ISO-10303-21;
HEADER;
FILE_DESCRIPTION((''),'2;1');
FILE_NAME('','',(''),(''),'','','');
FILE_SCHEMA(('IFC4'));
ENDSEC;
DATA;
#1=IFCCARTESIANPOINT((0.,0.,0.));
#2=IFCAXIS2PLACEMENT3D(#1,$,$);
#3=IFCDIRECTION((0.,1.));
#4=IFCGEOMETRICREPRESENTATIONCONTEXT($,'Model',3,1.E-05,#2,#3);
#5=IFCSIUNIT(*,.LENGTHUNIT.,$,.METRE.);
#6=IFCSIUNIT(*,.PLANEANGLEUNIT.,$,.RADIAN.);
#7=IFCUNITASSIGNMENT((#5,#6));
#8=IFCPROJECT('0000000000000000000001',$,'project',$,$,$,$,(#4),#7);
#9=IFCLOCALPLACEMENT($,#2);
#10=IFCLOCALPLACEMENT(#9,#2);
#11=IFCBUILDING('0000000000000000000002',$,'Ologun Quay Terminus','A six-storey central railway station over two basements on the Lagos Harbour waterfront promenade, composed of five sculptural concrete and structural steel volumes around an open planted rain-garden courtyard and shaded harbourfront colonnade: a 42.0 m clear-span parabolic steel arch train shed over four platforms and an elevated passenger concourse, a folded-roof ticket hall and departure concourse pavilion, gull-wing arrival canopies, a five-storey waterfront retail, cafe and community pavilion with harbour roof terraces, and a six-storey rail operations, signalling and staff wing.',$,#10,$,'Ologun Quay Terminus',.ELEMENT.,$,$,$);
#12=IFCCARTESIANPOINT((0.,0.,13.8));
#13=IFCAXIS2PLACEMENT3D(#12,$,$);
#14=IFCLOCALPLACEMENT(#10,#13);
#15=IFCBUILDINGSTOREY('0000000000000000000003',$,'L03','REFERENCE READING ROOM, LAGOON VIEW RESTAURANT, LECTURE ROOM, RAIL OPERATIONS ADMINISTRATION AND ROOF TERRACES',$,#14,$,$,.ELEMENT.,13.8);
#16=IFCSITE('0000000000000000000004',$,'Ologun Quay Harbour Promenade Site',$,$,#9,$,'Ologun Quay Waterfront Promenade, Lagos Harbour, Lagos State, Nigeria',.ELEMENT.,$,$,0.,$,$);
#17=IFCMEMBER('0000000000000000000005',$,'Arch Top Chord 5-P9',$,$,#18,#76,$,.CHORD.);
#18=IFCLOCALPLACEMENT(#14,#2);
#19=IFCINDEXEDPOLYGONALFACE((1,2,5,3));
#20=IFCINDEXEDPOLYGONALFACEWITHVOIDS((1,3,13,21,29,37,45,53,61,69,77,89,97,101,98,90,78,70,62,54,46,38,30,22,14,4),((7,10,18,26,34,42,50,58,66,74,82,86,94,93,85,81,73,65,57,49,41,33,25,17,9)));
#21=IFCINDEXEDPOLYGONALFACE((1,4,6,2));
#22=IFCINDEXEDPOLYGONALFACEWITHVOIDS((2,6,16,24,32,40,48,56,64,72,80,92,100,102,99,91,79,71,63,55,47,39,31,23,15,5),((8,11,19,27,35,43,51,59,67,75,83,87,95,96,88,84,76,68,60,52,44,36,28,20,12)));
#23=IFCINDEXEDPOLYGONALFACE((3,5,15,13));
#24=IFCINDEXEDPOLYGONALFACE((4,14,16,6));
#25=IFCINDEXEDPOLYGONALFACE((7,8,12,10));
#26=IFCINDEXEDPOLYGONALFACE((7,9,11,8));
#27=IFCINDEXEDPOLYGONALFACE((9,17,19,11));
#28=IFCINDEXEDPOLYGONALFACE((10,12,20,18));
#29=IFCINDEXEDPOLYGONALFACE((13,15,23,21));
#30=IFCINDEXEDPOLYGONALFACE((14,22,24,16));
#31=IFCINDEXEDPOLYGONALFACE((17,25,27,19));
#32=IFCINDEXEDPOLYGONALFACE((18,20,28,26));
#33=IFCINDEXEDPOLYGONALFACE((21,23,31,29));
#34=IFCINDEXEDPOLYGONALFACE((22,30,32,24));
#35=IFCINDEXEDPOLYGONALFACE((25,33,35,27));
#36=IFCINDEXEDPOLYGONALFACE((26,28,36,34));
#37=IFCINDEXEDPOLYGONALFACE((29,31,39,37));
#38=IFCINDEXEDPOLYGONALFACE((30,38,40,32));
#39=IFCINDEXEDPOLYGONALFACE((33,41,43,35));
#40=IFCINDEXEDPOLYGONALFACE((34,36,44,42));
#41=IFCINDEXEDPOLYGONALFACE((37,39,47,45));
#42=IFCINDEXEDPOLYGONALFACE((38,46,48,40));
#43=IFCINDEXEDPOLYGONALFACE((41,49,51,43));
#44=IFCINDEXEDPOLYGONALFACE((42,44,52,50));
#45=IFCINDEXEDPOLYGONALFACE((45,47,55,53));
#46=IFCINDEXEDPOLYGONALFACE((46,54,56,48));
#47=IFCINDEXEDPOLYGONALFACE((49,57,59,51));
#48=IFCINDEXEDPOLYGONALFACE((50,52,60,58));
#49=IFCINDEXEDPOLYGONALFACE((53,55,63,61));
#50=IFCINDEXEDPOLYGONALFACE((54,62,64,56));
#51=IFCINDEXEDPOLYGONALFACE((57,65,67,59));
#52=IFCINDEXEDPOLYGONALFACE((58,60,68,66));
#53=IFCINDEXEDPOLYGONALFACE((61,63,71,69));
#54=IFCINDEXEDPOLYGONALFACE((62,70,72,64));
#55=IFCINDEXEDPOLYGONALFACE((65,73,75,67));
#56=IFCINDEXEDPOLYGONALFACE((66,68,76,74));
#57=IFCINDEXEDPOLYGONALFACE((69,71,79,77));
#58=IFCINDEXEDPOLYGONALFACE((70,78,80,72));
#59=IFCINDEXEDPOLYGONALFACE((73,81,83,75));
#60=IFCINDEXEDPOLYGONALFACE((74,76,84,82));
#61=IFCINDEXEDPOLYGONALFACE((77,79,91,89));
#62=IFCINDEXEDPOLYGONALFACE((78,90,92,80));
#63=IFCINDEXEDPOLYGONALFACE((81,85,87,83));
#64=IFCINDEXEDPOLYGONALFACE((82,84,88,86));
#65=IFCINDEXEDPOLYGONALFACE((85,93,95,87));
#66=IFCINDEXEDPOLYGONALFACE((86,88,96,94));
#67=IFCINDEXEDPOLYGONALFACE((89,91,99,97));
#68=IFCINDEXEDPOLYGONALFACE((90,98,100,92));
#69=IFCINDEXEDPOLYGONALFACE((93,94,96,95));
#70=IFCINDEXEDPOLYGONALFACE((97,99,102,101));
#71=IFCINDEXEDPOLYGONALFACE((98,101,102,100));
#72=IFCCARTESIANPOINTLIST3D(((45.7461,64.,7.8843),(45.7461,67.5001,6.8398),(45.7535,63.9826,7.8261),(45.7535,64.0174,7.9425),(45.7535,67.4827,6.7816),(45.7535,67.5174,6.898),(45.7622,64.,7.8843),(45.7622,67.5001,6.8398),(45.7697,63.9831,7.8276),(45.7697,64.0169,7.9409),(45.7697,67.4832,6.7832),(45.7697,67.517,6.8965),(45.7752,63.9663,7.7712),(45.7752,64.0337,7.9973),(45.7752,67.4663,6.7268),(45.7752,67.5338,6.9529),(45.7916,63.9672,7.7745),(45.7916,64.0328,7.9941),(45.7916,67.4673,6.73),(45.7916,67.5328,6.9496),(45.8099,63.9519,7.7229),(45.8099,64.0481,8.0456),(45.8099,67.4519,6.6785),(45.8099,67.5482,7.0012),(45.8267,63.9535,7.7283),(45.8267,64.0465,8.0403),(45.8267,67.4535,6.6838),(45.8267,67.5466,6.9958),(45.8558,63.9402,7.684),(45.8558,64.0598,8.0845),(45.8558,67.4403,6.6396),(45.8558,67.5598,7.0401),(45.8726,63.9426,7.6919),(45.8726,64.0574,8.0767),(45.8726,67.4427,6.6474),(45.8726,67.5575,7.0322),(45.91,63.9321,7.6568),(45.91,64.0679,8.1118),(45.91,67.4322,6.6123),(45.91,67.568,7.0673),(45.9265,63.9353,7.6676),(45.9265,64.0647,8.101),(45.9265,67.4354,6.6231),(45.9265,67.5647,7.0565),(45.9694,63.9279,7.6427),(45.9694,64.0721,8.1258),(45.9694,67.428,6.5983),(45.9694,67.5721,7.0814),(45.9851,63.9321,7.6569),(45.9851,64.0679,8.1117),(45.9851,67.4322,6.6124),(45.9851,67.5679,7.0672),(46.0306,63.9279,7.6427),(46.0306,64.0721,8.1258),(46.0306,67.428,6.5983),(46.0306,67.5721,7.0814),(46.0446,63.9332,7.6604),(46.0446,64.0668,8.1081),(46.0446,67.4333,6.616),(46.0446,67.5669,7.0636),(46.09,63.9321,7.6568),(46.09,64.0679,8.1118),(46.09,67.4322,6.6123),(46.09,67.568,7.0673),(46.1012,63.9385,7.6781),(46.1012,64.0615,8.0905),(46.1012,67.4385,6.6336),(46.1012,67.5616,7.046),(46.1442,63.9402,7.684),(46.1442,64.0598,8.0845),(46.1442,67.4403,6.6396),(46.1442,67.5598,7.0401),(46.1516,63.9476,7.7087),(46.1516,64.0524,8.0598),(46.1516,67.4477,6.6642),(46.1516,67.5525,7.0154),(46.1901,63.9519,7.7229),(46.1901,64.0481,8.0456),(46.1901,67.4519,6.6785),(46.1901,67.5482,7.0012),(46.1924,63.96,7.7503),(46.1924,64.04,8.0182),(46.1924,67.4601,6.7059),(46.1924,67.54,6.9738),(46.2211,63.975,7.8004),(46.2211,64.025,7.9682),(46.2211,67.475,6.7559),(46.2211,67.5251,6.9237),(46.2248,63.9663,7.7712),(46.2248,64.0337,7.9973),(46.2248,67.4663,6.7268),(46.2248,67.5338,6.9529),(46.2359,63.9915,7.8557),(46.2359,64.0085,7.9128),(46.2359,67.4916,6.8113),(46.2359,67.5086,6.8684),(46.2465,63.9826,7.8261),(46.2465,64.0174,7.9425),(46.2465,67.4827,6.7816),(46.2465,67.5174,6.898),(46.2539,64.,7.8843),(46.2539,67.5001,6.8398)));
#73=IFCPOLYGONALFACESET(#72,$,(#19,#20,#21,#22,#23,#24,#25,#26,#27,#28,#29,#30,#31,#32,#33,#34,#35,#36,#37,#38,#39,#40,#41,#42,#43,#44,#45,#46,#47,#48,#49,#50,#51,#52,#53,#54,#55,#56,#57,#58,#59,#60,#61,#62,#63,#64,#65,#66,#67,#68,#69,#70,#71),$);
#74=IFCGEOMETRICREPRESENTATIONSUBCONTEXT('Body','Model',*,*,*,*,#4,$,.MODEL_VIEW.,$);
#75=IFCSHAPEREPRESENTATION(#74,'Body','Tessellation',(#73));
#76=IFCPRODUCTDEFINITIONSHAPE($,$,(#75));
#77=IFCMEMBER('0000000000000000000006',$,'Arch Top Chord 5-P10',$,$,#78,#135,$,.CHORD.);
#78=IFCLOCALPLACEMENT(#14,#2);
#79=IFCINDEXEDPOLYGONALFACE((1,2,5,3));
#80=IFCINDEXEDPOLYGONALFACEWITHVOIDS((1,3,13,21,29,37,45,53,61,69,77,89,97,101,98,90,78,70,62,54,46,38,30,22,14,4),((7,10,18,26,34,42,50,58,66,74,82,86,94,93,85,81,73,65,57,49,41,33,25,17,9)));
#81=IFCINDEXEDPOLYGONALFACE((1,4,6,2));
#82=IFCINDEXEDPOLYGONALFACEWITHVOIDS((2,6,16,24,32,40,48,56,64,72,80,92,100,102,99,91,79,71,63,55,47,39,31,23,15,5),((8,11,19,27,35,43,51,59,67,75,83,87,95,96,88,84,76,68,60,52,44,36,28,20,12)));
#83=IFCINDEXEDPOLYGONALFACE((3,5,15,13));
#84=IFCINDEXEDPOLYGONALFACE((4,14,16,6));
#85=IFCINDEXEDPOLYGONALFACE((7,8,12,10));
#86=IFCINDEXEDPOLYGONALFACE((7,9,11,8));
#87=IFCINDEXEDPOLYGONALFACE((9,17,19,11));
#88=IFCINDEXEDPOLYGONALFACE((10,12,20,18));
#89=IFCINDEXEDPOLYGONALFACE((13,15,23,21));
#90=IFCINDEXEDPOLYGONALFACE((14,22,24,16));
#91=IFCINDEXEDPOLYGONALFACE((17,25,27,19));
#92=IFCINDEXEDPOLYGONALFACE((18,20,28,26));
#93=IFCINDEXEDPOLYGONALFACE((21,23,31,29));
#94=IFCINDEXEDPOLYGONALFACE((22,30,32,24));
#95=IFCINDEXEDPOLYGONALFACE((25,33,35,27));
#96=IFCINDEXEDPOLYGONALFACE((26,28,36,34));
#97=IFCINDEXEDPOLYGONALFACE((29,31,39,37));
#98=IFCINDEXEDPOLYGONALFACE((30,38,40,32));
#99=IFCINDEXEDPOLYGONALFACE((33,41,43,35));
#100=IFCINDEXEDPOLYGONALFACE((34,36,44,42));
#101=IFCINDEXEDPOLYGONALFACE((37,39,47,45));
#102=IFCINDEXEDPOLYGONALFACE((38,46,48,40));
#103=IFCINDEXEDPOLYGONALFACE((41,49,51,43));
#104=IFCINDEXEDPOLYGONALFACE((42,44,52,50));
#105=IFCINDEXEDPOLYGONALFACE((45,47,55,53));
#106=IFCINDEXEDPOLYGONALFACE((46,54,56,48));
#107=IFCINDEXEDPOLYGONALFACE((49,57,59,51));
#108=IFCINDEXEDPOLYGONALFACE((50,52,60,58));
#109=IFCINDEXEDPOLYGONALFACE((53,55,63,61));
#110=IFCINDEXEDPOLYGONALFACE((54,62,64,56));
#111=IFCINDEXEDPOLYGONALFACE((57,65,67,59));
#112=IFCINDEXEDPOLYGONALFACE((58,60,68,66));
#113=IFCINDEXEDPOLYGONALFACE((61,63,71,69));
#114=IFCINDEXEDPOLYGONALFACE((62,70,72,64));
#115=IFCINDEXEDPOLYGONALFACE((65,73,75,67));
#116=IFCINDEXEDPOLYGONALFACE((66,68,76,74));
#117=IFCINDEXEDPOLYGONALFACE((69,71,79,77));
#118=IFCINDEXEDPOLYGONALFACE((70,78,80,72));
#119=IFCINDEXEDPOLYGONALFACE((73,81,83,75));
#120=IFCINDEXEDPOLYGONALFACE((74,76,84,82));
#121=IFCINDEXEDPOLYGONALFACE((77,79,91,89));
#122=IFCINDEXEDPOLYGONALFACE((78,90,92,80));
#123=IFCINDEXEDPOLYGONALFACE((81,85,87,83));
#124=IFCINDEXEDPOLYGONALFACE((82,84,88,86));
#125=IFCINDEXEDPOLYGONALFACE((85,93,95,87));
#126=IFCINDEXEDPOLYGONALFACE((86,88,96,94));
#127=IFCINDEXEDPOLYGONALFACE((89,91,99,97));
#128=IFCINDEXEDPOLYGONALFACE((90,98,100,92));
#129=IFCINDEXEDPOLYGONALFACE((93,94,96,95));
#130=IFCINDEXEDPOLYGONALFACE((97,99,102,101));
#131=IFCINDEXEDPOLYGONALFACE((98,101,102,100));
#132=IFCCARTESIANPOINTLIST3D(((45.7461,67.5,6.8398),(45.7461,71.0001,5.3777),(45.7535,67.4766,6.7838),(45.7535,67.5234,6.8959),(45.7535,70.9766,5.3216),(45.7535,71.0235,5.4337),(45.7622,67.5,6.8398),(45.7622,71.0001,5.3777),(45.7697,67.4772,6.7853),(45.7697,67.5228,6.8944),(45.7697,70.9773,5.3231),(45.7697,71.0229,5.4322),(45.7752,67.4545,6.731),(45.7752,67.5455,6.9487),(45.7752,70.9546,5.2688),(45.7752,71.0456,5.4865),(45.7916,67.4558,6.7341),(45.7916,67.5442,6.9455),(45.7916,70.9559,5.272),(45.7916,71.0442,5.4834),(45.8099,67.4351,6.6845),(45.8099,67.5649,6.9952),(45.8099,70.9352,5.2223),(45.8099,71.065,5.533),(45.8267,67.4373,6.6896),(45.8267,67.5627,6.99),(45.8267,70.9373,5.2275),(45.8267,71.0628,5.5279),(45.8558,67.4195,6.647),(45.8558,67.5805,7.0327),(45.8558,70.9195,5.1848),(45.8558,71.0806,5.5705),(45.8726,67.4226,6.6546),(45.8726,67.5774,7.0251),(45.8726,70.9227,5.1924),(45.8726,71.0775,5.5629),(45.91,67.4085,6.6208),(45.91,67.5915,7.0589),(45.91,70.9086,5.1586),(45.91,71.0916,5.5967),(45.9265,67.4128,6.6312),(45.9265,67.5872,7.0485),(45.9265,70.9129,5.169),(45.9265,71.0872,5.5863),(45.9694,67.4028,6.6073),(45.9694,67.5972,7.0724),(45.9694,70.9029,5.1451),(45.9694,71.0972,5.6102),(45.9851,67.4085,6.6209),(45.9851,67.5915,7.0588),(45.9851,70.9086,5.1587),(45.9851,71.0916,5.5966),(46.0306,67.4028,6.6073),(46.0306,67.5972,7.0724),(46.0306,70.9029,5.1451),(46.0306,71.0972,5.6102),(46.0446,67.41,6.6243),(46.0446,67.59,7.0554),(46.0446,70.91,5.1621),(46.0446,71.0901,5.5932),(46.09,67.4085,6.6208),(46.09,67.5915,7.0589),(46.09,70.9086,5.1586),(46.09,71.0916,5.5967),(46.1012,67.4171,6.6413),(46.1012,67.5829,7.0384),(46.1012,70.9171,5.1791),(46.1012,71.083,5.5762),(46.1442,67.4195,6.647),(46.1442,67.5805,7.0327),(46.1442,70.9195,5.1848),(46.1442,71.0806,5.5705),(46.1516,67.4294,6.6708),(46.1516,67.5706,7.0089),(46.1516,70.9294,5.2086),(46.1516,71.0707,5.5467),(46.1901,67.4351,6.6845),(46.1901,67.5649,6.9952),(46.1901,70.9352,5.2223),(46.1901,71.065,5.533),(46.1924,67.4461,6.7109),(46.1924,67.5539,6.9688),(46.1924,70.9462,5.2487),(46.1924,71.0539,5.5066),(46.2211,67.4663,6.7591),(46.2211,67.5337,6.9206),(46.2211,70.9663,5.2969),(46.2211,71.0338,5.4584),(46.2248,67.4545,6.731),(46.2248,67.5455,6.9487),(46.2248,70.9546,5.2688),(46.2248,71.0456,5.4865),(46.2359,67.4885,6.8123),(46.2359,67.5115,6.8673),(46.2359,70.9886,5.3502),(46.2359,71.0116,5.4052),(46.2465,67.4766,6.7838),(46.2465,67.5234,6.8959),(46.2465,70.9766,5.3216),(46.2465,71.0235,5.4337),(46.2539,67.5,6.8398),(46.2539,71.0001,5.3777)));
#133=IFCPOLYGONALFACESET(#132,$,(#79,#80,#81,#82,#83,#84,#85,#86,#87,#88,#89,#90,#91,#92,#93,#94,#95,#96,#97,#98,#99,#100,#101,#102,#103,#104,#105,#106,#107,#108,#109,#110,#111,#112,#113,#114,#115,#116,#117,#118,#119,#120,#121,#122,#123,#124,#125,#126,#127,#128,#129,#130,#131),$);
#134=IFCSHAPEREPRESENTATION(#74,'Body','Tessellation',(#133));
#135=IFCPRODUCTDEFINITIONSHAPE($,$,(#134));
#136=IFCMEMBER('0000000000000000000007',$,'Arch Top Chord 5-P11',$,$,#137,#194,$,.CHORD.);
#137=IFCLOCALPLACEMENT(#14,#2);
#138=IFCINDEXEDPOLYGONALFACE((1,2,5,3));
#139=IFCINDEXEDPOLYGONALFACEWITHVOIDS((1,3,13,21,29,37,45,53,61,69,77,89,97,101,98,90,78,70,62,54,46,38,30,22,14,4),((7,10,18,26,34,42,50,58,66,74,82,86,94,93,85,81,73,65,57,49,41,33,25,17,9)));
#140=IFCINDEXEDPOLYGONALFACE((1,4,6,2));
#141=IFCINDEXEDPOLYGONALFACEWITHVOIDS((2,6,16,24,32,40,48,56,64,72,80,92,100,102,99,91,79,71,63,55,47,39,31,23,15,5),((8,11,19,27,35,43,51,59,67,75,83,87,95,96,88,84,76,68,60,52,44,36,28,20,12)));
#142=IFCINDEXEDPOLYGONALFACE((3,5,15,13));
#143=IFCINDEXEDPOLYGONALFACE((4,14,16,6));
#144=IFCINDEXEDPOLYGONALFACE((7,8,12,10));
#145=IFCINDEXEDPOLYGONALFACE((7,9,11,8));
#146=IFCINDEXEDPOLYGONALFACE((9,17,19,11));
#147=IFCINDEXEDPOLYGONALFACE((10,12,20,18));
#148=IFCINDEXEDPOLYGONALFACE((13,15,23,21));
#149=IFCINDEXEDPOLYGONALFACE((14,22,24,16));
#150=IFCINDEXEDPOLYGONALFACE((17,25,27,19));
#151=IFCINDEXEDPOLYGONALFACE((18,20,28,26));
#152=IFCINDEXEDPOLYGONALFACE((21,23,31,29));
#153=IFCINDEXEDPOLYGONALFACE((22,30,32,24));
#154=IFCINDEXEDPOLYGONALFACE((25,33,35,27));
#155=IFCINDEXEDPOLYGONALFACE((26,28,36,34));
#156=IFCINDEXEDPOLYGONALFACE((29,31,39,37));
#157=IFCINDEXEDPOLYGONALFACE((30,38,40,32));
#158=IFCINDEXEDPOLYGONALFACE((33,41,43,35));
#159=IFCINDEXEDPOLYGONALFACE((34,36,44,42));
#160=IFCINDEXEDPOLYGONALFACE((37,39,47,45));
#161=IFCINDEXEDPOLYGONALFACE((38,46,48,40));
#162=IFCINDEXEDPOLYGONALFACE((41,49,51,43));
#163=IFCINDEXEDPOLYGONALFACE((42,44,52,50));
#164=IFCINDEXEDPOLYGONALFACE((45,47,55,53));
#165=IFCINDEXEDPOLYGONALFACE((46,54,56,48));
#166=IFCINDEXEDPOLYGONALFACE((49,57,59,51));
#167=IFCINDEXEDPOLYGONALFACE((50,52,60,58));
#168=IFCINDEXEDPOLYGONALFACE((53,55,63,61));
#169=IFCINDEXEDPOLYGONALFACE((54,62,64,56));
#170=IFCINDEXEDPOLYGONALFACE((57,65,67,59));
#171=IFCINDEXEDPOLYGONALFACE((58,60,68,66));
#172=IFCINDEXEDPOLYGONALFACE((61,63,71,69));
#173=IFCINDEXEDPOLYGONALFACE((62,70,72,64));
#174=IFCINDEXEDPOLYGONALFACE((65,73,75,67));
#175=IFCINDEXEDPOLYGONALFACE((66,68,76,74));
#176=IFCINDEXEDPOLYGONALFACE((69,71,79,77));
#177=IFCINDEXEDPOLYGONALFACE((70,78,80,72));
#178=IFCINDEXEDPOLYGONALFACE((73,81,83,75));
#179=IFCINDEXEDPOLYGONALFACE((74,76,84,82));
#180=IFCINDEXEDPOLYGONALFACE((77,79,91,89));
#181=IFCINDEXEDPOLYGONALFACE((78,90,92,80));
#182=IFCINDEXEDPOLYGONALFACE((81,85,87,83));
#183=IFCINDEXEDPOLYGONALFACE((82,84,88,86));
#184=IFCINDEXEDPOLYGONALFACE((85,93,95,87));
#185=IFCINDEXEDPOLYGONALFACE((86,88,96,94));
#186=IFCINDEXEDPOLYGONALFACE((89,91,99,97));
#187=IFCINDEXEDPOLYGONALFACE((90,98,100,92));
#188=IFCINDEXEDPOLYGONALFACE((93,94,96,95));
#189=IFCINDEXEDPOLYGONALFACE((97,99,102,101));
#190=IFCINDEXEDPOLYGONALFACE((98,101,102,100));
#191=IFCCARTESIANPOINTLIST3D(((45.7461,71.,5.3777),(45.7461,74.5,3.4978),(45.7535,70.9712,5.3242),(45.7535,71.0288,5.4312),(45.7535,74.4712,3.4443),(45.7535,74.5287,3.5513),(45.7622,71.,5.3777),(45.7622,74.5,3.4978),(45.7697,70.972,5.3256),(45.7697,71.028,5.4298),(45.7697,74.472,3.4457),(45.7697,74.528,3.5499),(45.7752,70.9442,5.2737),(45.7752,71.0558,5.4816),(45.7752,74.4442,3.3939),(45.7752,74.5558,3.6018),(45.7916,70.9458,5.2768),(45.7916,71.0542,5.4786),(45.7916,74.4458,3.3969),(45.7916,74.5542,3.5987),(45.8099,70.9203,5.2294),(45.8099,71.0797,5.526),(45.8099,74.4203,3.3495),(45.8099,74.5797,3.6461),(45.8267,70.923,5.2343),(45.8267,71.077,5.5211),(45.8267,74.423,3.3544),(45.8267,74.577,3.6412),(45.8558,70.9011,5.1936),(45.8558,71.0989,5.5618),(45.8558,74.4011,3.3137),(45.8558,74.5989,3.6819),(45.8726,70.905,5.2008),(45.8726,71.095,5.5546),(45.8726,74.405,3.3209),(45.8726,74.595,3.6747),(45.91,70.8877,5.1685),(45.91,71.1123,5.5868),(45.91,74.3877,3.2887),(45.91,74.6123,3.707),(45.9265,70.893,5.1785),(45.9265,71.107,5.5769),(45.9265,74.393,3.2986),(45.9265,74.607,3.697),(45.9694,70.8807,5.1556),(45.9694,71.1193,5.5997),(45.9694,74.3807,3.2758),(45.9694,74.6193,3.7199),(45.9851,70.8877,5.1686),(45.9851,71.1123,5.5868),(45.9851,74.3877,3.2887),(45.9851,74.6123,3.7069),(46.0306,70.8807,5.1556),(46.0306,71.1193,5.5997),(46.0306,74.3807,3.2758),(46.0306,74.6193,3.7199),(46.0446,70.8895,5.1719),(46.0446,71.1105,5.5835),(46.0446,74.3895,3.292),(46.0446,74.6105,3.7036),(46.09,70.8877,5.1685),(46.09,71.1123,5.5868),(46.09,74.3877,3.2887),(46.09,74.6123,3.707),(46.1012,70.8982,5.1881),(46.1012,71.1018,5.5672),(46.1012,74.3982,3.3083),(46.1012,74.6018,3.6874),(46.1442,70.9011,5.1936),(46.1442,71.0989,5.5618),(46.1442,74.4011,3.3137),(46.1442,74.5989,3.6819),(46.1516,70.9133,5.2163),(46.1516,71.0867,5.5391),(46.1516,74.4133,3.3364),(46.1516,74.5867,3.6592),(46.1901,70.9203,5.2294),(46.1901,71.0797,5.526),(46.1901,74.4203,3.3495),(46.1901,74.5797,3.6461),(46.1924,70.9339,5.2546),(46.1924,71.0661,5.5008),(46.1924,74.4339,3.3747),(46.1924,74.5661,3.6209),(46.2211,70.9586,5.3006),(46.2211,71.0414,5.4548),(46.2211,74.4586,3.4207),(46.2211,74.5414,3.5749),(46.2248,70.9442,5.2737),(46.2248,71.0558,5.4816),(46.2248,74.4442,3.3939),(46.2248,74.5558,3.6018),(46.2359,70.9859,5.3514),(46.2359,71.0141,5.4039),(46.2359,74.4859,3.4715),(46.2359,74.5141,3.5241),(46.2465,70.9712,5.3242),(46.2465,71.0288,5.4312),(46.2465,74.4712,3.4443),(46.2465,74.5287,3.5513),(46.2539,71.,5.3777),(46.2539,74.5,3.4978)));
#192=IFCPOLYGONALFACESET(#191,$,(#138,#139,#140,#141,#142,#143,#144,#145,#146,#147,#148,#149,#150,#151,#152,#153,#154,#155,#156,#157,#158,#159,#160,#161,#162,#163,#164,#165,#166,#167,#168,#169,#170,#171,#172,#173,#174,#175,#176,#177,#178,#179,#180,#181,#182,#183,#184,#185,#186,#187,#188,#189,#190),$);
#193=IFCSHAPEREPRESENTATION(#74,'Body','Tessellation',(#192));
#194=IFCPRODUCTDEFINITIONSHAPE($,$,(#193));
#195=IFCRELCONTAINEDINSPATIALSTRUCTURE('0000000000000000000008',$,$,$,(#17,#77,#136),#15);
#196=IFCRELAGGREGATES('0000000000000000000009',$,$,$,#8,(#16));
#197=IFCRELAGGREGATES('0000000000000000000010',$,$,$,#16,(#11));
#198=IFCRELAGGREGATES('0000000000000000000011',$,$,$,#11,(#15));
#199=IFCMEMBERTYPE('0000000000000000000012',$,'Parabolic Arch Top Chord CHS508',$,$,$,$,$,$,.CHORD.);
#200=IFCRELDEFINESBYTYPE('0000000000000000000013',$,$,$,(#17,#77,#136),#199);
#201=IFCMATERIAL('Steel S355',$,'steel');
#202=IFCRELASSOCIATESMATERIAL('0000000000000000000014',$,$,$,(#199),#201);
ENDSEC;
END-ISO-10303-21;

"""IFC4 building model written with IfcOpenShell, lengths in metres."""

from ifc_helpers import new_model, si_unit, direction, frame, origin, origin_2d, place, context, subcontext, project, spatial, hollow_circle, extrude, material, material_profile, profile_set, type_object, element, save


model = new_model("IFC4")

# Units and contexts
model_context = context("Model", 3, precision=1e-05, world=origin(), true_north=direction((0.0, 1.0)))
body_context = subcontext(model_context, "Body", "Model", "MODEL_VIEW")
ifc_project = project(units=[si_unit("LENGTHUNIT", "METRE"), si_unit("PLANEANGLEUNIT", "RADIAN")], contexts=[model_context])

# Site, building, storey
site_placement = place(None, origin())
site = spatial("IfcSite", under=ifc_project, at=site_placement, Name="Ologun Quay Harbour Promenade Site", LongName="Ologun Quay Waterfront Promenade, Lagos Harbour, Lagos State, Nigeria", CompositionType="ELEMENT", RefElevation=0.0)
building_placement = place(site_placement, origin())
building = spatial("IfcBuilding", under=site, at=building_placement, Name="Ologun Quay Terminus", Description="A six-storey central railway station over two basements on the Lagos Harbour waterfront promenade, composed of five sculptural concrete and structural steel volumes around an open planted rain-garden courtyard and shaded harbourfront colonnade: a 42.0 m clear-span parabolic steel arch train shed over four platforms and an elevated passenger concourse, a folded-roof ticket hall and departure concourse pavilion, gull-wing arrival canopies, a five-storey waterfront retail, cafe and community pavilion with harbour roof terraces, and a six-storey rail operations, signalling and staff wing.", LongName="Ologun Quay Terminus", CompositionType="ELEMENT")
storey_placement = place(building_placement, frame((0.0, 0.0, 13.8)))
storey = spatial("IfcBuildingStorey", under=building, at=storey_placement, Name="L03", Description="REFERENCE READING ROOM, LAGOON VIEW RESTAURANT, LECTURE ROOM, RAIL OPERATIONS ADMINISTRATION AND ROOF TERRACES", CompositionType="ELEMENT", Elevation=13.8)

# Members
ifc_material_1 = material(Name="Steel S355", Category="steel")
ifc_material_profile_1 = material_profile(ifc_material_1, hollow_circle(Radius=0.2539, WallThickness=0.0161, at=origin_2d()), Name="CHS 508x16")
ifc_profile_set_1 = profile_set([ifc_material_profile_1], Name="Steel S355")
member_type_1 = type_object("IfcMemberType", Name="Parabolic Arch Top Chord CHS508", PredefinedType="CHORD", material=ifc_profile_set_1)
member_1_placement = place(storey_placement, frame((46.0, 64.0, 7.8843), z_axis=(0.0, 0.958245, -0.285949), x_axis=(-1.0, 0.0, 0.0)))
element("IfcMember", 1, at=member_1_placement, inside=storey, type_object=member_type_1, Name="Arch Top Chord 5-P9", PredefinedType="CHORD", context=body_context, shape_type="SweptSolid", body=[
    extrude(hollow_circle(Radius=0.2539, WallThickness=0.0161, at=origin_2d()), origin(), (0.0, 0.0, 1.0), 3.6526),
])
member_2_placement = place(storey_placement, frame((46.0, 67.5, 6.8398), z_axis=(0.0, 0.922719, -0.385474), x_axis=(-1.0, 0.0, 0.0)))
element("IfcMember", 2, at=member_2_placement, inside=storey, type_object=member_type_1, Name="Arch Top Chord 5-P10", PredefinedType="CHORD", context=body_context, shape_type="SweptSolid", body=[
    extrude(hollow_circle(Radius=0.2539, WallThickness=0.0161, at=origin_2d()), origin(), (0.0, 0.0, 1.0), 3.7932),
])
member_3_placement = place(storey_placement, frame((46.0, 71.0, 5.3777), z_axis=(0.0, 0.880968, -0.473176), x_axis=(-1.0, 0.0, 0.0)))
element("IfcMember", 3, at=member_3_placement, inside=storey, type_object=member_type_1, Name="Arch Top Chord 5-P11", PredefinedType="CHORD", context=body_context, shape_type="SweptSolid", body=[
    extrude(hollow_circle(Radius=0.2539, WallThickness=0.0161, at=origin_2d()), origin(), (0.0, 0.0, 1.0), 3.9729),
])

save(model, "model.ifc")
